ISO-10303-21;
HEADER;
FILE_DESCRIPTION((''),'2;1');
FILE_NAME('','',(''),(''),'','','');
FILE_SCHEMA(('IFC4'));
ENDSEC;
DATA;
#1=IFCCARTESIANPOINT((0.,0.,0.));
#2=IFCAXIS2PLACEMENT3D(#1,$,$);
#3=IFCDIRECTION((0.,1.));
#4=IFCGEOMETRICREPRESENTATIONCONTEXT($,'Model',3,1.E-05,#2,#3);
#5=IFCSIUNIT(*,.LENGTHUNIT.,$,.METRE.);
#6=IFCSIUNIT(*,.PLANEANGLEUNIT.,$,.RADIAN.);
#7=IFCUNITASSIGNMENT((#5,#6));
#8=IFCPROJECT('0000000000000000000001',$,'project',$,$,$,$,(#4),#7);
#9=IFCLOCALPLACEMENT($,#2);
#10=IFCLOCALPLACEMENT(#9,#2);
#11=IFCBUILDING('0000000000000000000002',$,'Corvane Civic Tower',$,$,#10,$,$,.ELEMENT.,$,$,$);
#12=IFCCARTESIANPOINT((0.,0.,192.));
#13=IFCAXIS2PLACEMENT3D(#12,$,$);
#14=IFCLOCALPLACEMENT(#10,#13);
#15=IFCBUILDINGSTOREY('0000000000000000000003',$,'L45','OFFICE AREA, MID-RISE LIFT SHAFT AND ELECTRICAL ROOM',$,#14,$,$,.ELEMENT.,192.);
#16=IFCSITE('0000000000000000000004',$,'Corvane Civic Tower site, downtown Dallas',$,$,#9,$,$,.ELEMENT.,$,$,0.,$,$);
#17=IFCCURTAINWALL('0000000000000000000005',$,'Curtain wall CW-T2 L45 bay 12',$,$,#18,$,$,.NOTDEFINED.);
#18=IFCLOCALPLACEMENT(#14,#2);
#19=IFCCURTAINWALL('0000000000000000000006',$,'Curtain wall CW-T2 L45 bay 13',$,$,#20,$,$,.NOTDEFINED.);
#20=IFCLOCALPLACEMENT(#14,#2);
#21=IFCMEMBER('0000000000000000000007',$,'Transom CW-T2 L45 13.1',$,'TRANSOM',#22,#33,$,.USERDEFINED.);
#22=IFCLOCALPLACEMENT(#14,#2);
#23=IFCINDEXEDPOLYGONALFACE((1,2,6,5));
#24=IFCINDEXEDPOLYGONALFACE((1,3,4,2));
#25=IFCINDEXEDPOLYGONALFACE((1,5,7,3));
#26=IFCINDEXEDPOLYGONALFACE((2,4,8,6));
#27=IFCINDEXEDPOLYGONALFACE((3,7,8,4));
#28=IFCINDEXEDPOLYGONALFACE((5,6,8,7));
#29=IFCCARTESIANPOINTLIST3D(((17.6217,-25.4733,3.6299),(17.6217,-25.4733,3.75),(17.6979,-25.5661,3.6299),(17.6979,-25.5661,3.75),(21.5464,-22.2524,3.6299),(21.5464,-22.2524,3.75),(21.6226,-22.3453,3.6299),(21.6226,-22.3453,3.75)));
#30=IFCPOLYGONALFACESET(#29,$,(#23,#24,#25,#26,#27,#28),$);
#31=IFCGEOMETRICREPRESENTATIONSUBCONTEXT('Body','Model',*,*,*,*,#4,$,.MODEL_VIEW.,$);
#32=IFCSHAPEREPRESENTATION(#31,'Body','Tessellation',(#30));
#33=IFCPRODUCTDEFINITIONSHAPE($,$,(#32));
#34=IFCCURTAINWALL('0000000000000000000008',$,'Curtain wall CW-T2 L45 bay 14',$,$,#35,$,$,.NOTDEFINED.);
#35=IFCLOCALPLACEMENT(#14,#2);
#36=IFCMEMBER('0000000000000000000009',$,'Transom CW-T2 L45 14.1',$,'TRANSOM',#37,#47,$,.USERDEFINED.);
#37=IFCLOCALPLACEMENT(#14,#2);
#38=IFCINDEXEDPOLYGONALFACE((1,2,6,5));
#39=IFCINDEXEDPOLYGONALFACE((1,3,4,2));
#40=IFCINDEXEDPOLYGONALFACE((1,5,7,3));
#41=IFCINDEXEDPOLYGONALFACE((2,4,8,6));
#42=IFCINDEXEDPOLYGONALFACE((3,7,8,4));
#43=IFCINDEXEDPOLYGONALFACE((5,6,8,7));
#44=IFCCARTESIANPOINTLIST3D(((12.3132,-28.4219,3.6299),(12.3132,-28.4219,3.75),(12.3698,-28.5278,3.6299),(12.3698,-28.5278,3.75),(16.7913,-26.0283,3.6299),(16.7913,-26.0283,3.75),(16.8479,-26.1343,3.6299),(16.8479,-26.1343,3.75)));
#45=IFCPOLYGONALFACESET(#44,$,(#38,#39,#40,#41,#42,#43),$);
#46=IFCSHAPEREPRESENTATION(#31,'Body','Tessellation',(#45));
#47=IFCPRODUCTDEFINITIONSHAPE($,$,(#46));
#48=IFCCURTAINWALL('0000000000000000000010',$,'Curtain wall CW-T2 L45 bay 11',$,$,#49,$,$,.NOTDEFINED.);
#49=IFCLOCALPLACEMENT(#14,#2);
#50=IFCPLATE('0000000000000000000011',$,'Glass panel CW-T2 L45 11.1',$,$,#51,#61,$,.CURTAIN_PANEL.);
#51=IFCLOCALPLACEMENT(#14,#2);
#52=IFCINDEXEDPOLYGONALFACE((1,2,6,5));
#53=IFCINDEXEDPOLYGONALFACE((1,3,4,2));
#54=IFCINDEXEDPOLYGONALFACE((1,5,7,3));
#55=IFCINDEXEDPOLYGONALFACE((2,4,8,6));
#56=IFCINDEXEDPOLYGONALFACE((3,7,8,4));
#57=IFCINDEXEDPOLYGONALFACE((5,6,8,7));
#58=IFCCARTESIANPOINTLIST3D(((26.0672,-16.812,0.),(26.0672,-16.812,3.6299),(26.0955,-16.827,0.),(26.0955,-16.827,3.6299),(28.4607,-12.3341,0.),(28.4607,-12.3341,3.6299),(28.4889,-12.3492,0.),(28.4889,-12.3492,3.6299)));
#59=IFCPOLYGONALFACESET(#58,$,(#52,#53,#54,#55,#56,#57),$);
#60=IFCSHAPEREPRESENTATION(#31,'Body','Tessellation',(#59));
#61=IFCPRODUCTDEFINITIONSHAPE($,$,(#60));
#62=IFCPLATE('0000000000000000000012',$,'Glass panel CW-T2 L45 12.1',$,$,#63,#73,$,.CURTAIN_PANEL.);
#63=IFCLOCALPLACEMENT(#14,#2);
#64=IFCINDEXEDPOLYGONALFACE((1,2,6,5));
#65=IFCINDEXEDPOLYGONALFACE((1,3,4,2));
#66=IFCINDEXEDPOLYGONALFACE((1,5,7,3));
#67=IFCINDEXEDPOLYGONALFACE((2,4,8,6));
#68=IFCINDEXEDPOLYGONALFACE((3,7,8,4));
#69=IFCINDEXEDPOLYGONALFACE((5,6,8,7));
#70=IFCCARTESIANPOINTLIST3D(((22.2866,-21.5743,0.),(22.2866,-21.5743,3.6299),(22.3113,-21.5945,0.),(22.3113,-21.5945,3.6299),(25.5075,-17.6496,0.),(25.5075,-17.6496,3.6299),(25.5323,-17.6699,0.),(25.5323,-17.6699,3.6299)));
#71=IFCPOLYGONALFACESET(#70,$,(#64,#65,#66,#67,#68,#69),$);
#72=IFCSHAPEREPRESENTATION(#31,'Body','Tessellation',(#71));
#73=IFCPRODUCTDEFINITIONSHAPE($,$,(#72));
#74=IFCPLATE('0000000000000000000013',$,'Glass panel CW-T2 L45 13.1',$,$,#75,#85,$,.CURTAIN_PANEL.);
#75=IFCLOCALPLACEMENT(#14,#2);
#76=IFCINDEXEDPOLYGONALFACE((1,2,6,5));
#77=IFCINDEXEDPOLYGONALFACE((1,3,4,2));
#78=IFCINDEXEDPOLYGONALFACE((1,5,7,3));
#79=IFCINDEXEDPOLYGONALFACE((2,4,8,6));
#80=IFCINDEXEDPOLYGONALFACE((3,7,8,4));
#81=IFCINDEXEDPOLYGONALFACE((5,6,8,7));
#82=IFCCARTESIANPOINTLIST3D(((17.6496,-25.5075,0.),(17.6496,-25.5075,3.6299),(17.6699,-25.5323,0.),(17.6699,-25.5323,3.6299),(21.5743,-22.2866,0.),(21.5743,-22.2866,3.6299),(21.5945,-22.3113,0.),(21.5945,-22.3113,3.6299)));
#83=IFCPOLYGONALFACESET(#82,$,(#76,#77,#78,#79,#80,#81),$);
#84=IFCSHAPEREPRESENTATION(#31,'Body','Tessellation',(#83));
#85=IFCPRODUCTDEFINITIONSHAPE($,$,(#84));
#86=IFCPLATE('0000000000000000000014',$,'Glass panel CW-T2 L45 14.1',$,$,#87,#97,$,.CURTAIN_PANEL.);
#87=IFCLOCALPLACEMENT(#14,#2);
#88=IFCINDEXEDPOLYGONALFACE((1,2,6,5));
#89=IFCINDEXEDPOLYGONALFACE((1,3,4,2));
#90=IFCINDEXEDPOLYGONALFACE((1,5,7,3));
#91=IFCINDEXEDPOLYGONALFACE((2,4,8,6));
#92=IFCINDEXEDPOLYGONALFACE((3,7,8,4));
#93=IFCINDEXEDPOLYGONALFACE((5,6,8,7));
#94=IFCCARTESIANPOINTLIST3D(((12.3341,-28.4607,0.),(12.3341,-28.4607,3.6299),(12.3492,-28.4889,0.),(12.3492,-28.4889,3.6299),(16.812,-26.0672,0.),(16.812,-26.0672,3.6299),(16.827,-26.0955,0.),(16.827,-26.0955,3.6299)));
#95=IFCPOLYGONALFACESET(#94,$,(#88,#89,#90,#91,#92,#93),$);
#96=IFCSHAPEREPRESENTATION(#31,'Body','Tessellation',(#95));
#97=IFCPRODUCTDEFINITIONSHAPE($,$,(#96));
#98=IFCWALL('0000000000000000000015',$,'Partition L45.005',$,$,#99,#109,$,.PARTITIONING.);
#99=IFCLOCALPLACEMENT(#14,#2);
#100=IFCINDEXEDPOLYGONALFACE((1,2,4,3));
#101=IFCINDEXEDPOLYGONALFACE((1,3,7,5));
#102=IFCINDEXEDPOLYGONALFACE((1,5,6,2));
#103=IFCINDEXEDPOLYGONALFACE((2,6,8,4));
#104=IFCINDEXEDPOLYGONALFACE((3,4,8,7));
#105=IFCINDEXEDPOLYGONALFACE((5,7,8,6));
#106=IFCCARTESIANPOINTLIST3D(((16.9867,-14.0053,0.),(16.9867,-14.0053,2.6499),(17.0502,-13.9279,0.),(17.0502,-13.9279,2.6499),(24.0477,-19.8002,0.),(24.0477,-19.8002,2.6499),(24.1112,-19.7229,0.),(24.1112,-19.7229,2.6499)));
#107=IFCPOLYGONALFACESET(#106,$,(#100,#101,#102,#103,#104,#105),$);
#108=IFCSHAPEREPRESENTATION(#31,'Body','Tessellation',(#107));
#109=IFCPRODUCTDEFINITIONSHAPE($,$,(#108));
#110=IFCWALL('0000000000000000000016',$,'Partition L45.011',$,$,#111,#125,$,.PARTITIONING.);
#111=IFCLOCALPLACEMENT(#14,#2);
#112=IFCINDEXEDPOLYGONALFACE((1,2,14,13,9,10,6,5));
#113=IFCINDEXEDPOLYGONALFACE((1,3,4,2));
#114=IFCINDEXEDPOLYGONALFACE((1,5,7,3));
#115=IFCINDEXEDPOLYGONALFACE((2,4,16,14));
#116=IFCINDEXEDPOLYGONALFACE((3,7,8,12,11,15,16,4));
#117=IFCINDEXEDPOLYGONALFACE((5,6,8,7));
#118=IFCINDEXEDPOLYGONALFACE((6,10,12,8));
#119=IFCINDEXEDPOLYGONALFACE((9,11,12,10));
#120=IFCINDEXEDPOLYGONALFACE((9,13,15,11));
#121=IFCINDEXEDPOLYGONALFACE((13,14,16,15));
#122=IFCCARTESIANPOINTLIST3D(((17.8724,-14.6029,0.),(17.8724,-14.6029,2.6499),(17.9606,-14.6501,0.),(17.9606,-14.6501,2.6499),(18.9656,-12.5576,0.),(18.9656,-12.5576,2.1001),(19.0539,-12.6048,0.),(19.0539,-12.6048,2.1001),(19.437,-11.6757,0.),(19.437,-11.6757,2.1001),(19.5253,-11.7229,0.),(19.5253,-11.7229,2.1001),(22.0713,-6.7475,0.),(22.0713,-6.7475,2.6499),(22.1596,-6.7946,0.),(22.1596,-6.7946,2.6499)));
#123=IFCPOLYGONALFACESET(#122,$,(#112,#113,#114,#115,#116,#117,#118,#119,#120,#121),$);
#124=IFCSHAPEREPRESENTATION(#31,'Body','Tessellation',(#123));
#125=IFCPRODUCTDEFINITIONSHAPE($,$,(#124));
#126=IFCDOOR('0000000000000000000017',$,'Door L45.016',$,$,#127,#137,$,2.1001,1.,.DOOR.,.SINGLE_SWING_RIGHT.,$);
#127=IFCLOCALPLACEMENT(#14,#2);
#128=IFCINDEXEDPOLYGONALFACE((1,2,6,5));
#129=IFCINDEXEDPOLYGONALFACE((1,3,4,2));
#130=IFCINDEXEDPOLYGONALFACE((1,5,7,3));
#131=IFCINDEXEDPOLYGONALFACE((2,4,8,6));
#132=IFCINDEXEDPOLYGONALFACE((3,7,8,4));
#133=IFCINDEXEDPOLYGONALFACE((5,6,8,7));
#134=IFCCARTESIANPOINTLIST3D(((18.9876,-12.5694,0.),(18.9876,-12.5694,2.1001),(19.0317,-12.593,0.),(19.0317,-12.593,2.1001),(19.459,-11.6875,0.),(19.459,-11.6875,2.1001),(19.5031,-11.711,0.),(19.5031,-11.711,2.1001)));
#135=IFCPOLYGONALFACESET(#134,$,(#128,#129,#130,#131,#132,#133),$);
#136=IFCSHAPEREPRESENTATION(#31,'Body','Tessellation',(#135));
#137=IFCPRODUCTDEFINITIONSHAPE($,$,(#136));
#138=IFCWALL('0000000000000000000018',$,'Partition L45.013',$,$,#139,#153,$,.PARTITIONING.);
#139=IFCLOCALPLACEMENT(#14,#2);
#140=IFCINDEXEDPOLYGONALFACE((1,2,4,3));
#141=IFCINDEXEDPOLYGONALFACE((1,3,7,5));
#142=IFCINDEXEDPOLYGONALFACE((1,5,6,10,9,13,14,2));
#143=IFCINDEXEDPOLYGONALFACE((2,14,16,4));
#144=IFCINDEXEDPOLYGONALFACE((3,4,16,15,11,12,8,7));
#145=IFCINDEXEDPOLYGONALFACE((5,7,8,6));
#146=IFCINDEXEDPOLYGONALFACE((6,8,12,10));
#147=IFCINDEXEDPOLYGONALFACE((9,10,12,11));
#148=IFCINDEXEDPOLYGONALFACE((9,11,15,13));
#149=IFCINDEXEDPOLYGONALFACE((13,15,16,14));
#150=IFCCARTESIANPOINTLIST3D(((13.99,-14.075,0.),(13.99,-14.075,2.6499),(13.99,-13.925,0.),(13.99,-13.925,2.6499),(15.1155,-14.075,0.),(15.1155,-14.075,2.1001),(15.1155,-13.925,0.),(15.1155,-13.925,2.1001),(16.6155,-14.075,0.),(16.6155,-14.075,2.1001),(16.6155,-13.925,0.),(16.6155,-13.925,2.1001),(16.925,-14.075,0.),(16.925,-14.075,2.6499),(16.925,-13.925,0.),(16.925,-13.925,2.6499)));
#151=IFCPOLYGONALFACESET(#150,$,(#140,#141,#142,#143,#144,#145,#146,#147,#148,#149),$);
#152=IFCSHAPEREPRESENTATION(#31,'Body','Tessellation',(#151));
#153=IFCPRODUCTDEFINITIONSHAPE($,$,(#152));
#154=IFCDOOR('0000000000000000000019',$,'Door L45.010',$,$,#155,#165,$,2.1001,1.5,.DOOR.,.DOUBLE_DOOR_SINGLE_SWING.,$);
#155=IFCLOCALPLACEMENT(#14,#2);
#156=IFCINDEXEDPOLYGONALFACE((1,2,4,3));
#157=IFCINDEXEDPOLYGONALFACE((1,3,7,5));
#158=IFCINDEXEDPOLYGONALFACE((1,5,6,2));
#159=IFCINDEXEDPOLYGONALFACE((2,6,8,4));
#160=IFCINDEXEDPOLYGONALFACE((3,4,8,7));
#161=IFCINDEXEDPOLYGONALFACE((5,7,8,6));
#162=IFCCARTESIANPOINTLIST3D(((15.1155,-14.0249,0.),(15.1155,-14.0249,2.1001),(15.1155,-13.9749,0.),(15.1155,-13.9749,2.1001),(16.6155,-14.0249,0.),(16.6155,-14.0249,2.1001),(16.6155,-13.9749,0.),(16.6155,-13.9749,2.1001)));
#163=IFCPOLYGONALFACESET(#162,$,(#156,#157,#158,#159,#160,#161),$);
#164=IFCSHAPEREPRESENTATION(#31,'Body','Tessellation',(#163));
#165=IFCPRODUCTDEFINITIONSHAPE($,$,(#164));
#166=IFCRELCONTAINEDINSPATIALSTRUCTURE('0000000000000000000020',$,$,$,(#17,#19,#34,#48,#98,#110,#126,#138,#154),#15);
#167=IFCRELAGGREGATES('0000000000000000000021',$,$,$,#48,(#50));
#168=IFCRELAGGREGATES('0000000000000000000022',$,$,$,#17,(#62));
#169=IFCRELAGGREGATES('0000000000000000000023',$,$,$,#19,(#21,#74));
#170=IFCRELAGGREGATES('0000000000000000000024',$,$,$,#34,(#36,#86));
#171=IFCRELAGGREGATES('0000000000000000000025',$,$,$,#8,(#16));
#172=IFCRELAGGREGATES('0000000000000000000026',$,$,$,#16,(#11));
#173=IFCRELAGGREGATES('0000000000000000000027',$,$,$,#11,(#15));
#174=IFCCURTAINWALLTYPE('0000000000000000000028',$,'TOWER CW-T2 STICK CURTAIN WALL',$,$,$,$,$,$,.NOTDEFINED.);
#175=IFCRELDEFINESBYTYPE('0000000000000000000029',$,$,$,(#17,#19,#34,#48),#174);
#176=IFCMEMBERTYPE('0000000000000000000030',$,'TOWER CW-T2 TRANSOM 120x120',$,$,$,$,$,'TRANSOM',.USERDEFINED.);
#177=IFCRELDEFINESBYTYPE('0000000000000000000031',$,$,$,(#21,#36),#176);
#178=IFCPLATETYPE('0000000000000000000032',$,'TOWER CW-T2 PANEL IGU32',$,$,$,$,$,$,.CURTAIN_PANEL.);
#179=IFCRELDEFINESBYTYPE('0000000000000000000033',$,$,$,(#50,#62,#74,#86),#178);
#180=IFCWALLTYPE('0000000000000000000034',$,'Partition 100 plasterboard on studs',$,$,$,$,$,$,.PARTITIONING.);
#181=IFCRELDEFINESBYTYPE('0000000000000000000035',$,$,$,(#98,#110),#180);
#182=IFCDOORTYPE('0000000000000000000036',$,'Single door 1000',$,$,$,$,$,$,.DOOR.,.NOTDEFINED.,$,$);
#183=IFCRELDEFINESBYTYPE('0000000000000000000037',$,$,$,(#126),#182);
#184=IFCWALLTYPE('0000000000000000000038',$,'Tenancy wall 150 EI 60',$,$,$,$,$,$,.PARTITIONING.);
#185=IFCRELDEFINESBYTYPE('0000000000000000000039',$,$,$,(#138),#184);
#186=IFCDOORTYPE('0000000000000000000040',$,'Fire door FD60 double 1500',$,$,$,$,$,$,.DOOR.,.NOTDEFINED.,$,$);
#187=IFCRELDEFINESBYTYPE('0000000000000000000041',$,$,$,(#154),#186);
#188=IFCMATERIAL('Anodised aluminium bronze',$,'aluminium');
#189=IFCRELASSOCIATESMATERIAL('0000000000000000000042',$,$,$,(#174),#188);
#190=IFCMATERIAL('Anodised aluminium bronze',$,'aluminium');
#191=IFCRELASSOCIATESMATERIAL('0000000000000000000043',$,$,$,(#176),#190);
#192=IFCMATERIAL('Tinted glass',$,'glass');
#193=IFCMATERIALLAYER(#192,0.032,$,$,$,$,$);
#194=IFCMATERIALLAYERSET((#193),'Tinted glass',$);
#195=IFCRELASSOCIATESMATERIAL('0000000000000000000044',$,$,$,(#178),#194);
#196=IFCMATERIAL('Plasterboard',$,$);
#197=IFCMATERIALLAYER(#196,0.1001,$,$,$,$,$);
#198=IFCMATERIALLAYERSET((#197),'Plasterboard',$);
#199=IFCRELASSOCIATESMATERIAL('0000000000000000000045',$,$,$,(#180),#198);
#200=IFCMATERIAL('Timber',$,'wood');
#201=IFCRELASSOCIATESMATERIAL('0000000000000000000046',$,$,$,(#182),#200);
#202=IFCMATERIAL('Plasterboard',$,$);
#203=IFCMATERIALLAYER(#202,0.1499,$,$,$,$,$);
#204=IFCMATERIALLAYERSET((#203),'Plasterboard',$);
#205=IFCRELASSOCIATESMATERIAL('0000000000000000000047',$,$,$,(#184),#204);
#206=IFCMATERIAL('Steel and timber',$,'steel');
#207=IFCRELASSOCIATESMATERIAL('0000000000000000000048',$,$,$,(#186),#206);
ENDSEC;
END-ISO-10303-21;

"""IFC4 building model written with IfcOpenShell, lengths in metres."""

from ifc_helpers import new_model, si_unit, direction, frame, frame_2d, origin, origin_2d, place, context, subcontext, project, spatial, rectangle, extrude, material, layer, layer_set, material_profile, profile_set, type_object, element, fill, aggregate, save


model = new_model("IFC4")

# Units and contexts
model_context = context("Model", 3, precision=1e-05, world=origin(), true_north=direction((0.0, 1.0)))
body_context = subcontext(model_context, "Body", "Model", "MODEL_VIEW")
ifc_project = project(units=[si_unit("LENGTHUNIT", "METRE"), si_unit("PLANEANGLEUNIT", "RADIAN")], contexts=[model_context])

# Site, building, storey
site_placement = place(None, origin())
site = spatial("IfcSite", under=ifc_project, at=site_placement, Name="Corvane Civic Tower site, downtown Dallas", CompositionType="ELEMENT", RefElevation=0.0)
building_placement = place(site_placement, origin())
building = spatial("IfcBuilding", under=site, at=building_placement, Name="Corvane Civic Tower", CompositionType="ELEMENT")
storey_placement = place(building_placement, frame((0.0, 0.0, 192.0)))
storey = spatial("IfcBuildingStorey", under=building, at=storey_placement, Name="L45", Description="OFFICE AREA, MID-RISE LIFT SHAFT AND ELECTRICAL ROOM", CompositionType="ELEMENT", Elevation=192.0)

# Curtain walls, members
ifc_material_1 = material(Name="Anodised aluminium bronze", Category="aluminium")
curtain_wall_type = type_object("IfcCurtainWallType", Name="TOWER CW-T2 STICK CURTAIN WALL", PredefinedType="NOTDEFINED", material=ifc_material_1)
curtain_wall_1_placement = place(storey_placement, origin())
curtain_wall_1 = element("IfcCurtainWall", 1, at=curtain_wall_1_placement, inside=storey, type_object=curtain_wall_type, Name="Curtain wall CW-T2 L45 bay 12", PredefinedType="NOTDEFINED")
ifc_material_2 = material(Name="Anodised aluminium bronze", Category="aluminium")
ifc_material_profile_1 = material_profile(ifc_material_2, rectangle(XDim=0.1201, YDim=0.1201, at=origin_2d()), Name="TOWER CW-T2 TRANSOM 120x120")
ifc_profile_set_1 = profile_set([ifc_material_profile_1], Name="Anodised aluminium bronze")
member_type = type_object("IfcMemberType", Name="TOWER CW-T2 TRANSOM 120x120", ElementType="TRANSOM", PredefinedType="USERDEFINED", material=ifc_profile_set_1)
curtain_wall_2_placement = place(storey_placement, origin())
curtain_wall_2 = element("IfcCurtainWall", 2, at=curtain_wall_2_placement, inside=storey, type_object=curtain_wall_type, Name="Curtain wall CW-T2 L45 bay 13", PredefinedType="NOTDEFINED")
member_1_placement = place(storey_placement, frame((21.5845, -22.2988, 3.6899), z_axis=(-0.773016, -0.634387, 0.0), x_axis=(0.634387, -0.773016, 0.0)))
member_1 = element("IfcMember", 3, at=member_1_placement, type_object=member_type, Name="Transom CW-T2 L45 13.1", ObjectType="TRANSOM", PredefinedType="USERDEFINED", context=body_context, shape_type="SweptSolid", body=[
    extrude(rectangle(XDim=0.1201, YDim=0.1201, at=origin_2d()), origin(), (0.0, 0.0, 1.0), 5.0771),
])
curtain_wall_3_placement = place(storey_placement, origin())
curtain_wall_3 = element("IfcCurtainWall", 4, at=curtain_wall_3_placement, inside=storey, type_object=curtain_wall_type, Name="Curtain wall CW-T2 L45 bay 14", PredefinedType="NOTDEFINED")
member_2_placement = place(storey_placement, frame((16.8196, -26.0813, 3.6899), z_axis=(-0.881921, -0.471397, 0.0), x_axis=(0.471397, -0.881921, 0.0)))
member_2 = element("IfcMember", 5, at=member_2_placement, type_object=member_type, Name="Transom CW-T2 L45 14.1", ObjectType="TRANSOM", PredefinedType="USERDEFINED", context=body_context, shape_type="SweptSolid", body=[
    extrude(rectangle(XDim=0.1201, YDim=0.1201, at=origin_2d()), origin(), (0.0, 0.0, 1.0), 5.0776),
])

# Curtain wall, plate
curtain_wall_4_placement = place(storey_placement, origin())
curtain_wall_4 = element("IfcCurtainWall", 6, at=curtain_wall_4_placement, inside=storey, type_object=curtain_wall_type, Name="Curtain wall CW-T2 L45 bay 11", PredefinedType="NOTDEFINED")
ifc_material_3 = material(Name="Tinted glass", Category="glass")
ifc_layer_1 = layer(ifc_material_3, 0.032)
ifc_layer_set_1 = layer_set([ifc_layer_1], Name="Tinted glass")
plate_type = type_object("IfcPlateType", Name="TOWER CW-T2 PANEL IGU32", PredefinedType="CURTAIN_PANEL", material=ifc_layer_set_1)
plate_1_placement = place(storey_placement, frame((27.2781, -14.5806, 0.0), z_axis=(0.0, 0.0, 1.0), x_axis=(-0.471395, -0.881922, 0.0)))
plate_1 = element("IfcPlate", 7, at=plate_1_placement, type_object=plate_type, Name="Glass panel CW-T2 L45 11.1", PredefinedType="CURTAIN_PANEL", context=body_context, shape_type="SweptSolid", body=[
    extrude(rectangle(XDim=5.0774, YDim=0.032, at=origin_2d()), origin(), (0.0, 0.0, 1.0), 3.6299),
])
aggregate(curtain_wall_4, [plate_1])

# Plates
plate_2_placement = place(storey_placement, frame((23.9094, -19.6221, 0.0), z_axis=(0.0, 0.0, 1.0), x_axis=(-0.6344, -0.773005, 0.0)))
plate_2 = element("IfcPlate", 8, at=plate_2_placement, type_object=plate_type, Name="Glass panel CW-T2 L45 12.1", PredefinedType="CURTAIN_PANEL", context=body_context, shape_type="SweptSolid", body=[
    extrude(rectangle(XDim=5.0771, YDim=0.032, at=origin_2d()), origin(), (0.0, 0.0, 1.0), 3.6299),
])
aggregate(curtain_wall_1, [plate_2])
plate_3_placement = place(storey_placement, frame((19.6221, -23.9094, 0.0), z_axis=(0.0, 0.0, 1.0), x_axis=(-0.773005, -0.6344, 0.0)))
plate_3 = element("IfcPlate", 9, at=plate_3_placement, type_object=plate_type, Name="Glass panel CW-T2 L45 13.1", PredefinedType="CURTAIN_PANEL", context=body_context, shape_type="SweptSolid", body=[
    extrude(rectangle(XDim=5.0771, YDim=0.032, at=origin_2d()), origin(), (0.0, 0.0, 1.0), 3.6299),
])
aggregate(curtain_wall_2, [member_1, plate_3])
plate_4_placement = place(storey_placement, frame((14.5806, -27.2781, 0.0), z_axis=(0.0, 0.0, 1.0), x_axis=(-0.881922, -0.471395, 0.0)))
plate_4 = element("IfcPlate", 10, at=plate_4_placement, type_object=plate_type, Name="Glass panel CW-T2 L45 14.1", PredefinedType="CURTAIN_PANEL", context=body_context, shape_type="SweptSolid", body=[
    extrude(rectangle(XDim=5.0774, YDim=0.032, at=origin_2d()), origin(), (0.0, 0.0, 1.0), 3.6299),
])
aggregate(curtain_wall_3, [member_2, plate_4])

# Wall
ifc_material_4 = material(Name="Plasterboard")
ifc_layer_2 = layer(ifc_material_4, 0.1001)
ifc_layer_set_2 = layer_set([ifc_layer_2], Name="Plasterboard")
wall_type_1 = type_object("IfcWallType", Name="Partition 100 plasterboard on studs", PredefinedType="PARTITIONING", material=ifc_layer_set_2)
wall_1_placement = place(storey_placement, frame((17.0183, -13.9666, 0.0), z_axis=(0.0, 0.0, 1.0), x_axis=(0.773006, -0.634399, 0.0)))
element("IfcWall", 11, at=wall_1_placement, inside=storey, type_object=wall_type_1, Name="Partition L45.005", PredefinedType="PARTITIONING", context=body_context, shape_type="SweptSolid", body=[
    extrude(rectangle(XDim=9.1345, YDim=0.1001, at=frame_2d((4.5674, 0.0))), origin(), (0.0, 0.0, 1.0), 2.6499),
])

# Walls, openings, doors
wall_2_placement = place(storey_placement, frame((17.9165, -14.6265, 0.0), z_axis=(0.0, 0.0, 1.0), x_axis=(0.471409, 0.881915, 0.0)))
wall_2 = element("IfcWall", 12, at=wall_2_placement, inside=storey, type_object=wall_type_1, Name="Partition L45.011", PredefinedType="PARTITIONING", context=body_context, shape_type="SweptSolid", body=[
    extrude(rectangle(XDim=8.9072, YDim=0.1001, at=frame_2d((4.4536, 0.0))), origin(), (0.0, 0.0, 1.0), 2.6499),
])
opening_1_placement = place(wall_2_placement, frame((2.3191, 0.0, 0.0)))
opening_1 = element("IfcOpeningElement", 13, at=opening_1_placement, cuts=wall_2, PredefinedType="OPENING", context=body_context, shape_type="SweptSolid", body=[
    extrude(rectangle(XDim=1.0, YDim=2.1001, at=frame_2d((0.5, 1.05))), frame((0.0, 0.0601, 0.0), z_axis=(0.0, -1.0, 0.0), x_axis=(1.0, 0.0, 0.0)), (0.0, 0.0, 1.0), 0.1201),
])
ifc_material_5 = material(Name="Timber", Category="wood")
door_type_1 = type_object("IfcDoorType", Name="Single door 1000", OperationType="NOTDEFINED", PredefinedType="DOOR", material=ifc_material_5)
door_1_placement = place(opening_1_placement, frame((1.0, 0.0, 0.0), z_axis=(0.0, 0.0, 1.0), x_axis=(-1.0, 0.0, 0.0)))
door_1 = element("IfcDoor", 14, at=door_1_placement, inside=storey, type_object=door_type_1, Name="Door L45.016", OperationType="SINGLE_SWING_RIGHT", OverallHeight=2.1001, OverallWidth=1.0, PredefinedType="DOOR", context=body_context, shape_type="SweptSolid", body=[
    extrude(rectangle(XDim=1.0, YDim=2.1001, at=frame_2d((0.5, 1.05))), frame((0.0, 0.0249, 0.0), z_axis=(0.0, -1.0, 0.0), x_axis=(1.0, 0.0, 0.0)), (0.0, 0.0, 1.0), 0.05),
])
fill(opening_1, door_1)
ifc_material_6 = material(Name="Plasterboard")
ifc_layer_3 = layer(ifc_material_6, 0.1499)
ifc_layer_set_3 = layer_set([ifc_layer_3], Name="Plasterboard")
wall_type_2 = type_object("IfcWallType", Name="Tenancy wall 150 EI 60", PredefinedType="PARTITIONING", material=ifc_layer_set_3)
wall_3_placement = place(storey_placement, frame((13.99, -14.0, 0.0), z_axis=(0.0, 0.0, 1.0), x_axis=(1.0, 0.0, 0.0)))
wall_3 = element("IfcWall", 15, at=wall_3_placement, inside=storey, type_object=wall_type_2, Name="Partition L45.013", PredefinedType="PARTITIONING", context=body_context, shape_type="SweptSolid", body=[
    extrude(rectangle(XDim=2.9351, YDim=0.1499, at=frame_2d((1.4675, 0.0))), origin(), (0.0, 0.0, 1.0), 2.6499),
])
opening_2_placement = place(wall_3_placement, frame((1.1255, 0.0, 0.0)))
opening_2 = element("IfcOpeningElement", 16, at=opening_2_placement, cuts=wall_3, PredefinedType="OPENING", context=body_context, shape_type="SweptSolid", body=[
    extrude(rectangle(XDim=1.5, YDim=2.1001, at=frame_2d((0.75, 1.05))), frame((0.0, 0.085, 0.0), z_axis=(0.0, -1.0, 0.0), x_axis=(1.0, 0.0, 0.0)), (0.0, 0.0, 1.0), 0.1699),
])
ifc_material_7 = material(Name="Steel and timber", Category="steel")
door_type_2 = type_object("IfcDoorType", Name="Fire door FD60 double 1500", OperationType="NOTDEFINED", PredefinedType="DOOR", material=ifc_material_7)
door_2_placement = place(opening_2_placement, frame((1.5, 0.0, 0.0), z_axis=(0.0, 0.0, 1.0), x_axis=(-1.0, 0.0, 0.0)))
door_2 = element("IfcDoor", 17, at=door_2_placement, inside=storey, type_object=door_type_2, Name="Door L45.010", OperationType="DOUBLE_DOOR_SINGLE_SWING", OverallHeight=2.1001, OverallWidth=1.5, PredefinedType="DOOR", context=body_context, shape_type="SweptSolid", body=[
    extrude(rectangle(XDim=1.5, YDim=2.1001, at=frame_2d((0.75, 1.05))), frame((0.0, 0.0249, 0.0), z_axis=(0.0, -1.0, 0.0), x_axis=(1.0, 0.0, 0.0)), (0.0, 0.0, 1.0), 0.05),
])
fill(opening_2, door_2)

save(model, "model.ifc")
